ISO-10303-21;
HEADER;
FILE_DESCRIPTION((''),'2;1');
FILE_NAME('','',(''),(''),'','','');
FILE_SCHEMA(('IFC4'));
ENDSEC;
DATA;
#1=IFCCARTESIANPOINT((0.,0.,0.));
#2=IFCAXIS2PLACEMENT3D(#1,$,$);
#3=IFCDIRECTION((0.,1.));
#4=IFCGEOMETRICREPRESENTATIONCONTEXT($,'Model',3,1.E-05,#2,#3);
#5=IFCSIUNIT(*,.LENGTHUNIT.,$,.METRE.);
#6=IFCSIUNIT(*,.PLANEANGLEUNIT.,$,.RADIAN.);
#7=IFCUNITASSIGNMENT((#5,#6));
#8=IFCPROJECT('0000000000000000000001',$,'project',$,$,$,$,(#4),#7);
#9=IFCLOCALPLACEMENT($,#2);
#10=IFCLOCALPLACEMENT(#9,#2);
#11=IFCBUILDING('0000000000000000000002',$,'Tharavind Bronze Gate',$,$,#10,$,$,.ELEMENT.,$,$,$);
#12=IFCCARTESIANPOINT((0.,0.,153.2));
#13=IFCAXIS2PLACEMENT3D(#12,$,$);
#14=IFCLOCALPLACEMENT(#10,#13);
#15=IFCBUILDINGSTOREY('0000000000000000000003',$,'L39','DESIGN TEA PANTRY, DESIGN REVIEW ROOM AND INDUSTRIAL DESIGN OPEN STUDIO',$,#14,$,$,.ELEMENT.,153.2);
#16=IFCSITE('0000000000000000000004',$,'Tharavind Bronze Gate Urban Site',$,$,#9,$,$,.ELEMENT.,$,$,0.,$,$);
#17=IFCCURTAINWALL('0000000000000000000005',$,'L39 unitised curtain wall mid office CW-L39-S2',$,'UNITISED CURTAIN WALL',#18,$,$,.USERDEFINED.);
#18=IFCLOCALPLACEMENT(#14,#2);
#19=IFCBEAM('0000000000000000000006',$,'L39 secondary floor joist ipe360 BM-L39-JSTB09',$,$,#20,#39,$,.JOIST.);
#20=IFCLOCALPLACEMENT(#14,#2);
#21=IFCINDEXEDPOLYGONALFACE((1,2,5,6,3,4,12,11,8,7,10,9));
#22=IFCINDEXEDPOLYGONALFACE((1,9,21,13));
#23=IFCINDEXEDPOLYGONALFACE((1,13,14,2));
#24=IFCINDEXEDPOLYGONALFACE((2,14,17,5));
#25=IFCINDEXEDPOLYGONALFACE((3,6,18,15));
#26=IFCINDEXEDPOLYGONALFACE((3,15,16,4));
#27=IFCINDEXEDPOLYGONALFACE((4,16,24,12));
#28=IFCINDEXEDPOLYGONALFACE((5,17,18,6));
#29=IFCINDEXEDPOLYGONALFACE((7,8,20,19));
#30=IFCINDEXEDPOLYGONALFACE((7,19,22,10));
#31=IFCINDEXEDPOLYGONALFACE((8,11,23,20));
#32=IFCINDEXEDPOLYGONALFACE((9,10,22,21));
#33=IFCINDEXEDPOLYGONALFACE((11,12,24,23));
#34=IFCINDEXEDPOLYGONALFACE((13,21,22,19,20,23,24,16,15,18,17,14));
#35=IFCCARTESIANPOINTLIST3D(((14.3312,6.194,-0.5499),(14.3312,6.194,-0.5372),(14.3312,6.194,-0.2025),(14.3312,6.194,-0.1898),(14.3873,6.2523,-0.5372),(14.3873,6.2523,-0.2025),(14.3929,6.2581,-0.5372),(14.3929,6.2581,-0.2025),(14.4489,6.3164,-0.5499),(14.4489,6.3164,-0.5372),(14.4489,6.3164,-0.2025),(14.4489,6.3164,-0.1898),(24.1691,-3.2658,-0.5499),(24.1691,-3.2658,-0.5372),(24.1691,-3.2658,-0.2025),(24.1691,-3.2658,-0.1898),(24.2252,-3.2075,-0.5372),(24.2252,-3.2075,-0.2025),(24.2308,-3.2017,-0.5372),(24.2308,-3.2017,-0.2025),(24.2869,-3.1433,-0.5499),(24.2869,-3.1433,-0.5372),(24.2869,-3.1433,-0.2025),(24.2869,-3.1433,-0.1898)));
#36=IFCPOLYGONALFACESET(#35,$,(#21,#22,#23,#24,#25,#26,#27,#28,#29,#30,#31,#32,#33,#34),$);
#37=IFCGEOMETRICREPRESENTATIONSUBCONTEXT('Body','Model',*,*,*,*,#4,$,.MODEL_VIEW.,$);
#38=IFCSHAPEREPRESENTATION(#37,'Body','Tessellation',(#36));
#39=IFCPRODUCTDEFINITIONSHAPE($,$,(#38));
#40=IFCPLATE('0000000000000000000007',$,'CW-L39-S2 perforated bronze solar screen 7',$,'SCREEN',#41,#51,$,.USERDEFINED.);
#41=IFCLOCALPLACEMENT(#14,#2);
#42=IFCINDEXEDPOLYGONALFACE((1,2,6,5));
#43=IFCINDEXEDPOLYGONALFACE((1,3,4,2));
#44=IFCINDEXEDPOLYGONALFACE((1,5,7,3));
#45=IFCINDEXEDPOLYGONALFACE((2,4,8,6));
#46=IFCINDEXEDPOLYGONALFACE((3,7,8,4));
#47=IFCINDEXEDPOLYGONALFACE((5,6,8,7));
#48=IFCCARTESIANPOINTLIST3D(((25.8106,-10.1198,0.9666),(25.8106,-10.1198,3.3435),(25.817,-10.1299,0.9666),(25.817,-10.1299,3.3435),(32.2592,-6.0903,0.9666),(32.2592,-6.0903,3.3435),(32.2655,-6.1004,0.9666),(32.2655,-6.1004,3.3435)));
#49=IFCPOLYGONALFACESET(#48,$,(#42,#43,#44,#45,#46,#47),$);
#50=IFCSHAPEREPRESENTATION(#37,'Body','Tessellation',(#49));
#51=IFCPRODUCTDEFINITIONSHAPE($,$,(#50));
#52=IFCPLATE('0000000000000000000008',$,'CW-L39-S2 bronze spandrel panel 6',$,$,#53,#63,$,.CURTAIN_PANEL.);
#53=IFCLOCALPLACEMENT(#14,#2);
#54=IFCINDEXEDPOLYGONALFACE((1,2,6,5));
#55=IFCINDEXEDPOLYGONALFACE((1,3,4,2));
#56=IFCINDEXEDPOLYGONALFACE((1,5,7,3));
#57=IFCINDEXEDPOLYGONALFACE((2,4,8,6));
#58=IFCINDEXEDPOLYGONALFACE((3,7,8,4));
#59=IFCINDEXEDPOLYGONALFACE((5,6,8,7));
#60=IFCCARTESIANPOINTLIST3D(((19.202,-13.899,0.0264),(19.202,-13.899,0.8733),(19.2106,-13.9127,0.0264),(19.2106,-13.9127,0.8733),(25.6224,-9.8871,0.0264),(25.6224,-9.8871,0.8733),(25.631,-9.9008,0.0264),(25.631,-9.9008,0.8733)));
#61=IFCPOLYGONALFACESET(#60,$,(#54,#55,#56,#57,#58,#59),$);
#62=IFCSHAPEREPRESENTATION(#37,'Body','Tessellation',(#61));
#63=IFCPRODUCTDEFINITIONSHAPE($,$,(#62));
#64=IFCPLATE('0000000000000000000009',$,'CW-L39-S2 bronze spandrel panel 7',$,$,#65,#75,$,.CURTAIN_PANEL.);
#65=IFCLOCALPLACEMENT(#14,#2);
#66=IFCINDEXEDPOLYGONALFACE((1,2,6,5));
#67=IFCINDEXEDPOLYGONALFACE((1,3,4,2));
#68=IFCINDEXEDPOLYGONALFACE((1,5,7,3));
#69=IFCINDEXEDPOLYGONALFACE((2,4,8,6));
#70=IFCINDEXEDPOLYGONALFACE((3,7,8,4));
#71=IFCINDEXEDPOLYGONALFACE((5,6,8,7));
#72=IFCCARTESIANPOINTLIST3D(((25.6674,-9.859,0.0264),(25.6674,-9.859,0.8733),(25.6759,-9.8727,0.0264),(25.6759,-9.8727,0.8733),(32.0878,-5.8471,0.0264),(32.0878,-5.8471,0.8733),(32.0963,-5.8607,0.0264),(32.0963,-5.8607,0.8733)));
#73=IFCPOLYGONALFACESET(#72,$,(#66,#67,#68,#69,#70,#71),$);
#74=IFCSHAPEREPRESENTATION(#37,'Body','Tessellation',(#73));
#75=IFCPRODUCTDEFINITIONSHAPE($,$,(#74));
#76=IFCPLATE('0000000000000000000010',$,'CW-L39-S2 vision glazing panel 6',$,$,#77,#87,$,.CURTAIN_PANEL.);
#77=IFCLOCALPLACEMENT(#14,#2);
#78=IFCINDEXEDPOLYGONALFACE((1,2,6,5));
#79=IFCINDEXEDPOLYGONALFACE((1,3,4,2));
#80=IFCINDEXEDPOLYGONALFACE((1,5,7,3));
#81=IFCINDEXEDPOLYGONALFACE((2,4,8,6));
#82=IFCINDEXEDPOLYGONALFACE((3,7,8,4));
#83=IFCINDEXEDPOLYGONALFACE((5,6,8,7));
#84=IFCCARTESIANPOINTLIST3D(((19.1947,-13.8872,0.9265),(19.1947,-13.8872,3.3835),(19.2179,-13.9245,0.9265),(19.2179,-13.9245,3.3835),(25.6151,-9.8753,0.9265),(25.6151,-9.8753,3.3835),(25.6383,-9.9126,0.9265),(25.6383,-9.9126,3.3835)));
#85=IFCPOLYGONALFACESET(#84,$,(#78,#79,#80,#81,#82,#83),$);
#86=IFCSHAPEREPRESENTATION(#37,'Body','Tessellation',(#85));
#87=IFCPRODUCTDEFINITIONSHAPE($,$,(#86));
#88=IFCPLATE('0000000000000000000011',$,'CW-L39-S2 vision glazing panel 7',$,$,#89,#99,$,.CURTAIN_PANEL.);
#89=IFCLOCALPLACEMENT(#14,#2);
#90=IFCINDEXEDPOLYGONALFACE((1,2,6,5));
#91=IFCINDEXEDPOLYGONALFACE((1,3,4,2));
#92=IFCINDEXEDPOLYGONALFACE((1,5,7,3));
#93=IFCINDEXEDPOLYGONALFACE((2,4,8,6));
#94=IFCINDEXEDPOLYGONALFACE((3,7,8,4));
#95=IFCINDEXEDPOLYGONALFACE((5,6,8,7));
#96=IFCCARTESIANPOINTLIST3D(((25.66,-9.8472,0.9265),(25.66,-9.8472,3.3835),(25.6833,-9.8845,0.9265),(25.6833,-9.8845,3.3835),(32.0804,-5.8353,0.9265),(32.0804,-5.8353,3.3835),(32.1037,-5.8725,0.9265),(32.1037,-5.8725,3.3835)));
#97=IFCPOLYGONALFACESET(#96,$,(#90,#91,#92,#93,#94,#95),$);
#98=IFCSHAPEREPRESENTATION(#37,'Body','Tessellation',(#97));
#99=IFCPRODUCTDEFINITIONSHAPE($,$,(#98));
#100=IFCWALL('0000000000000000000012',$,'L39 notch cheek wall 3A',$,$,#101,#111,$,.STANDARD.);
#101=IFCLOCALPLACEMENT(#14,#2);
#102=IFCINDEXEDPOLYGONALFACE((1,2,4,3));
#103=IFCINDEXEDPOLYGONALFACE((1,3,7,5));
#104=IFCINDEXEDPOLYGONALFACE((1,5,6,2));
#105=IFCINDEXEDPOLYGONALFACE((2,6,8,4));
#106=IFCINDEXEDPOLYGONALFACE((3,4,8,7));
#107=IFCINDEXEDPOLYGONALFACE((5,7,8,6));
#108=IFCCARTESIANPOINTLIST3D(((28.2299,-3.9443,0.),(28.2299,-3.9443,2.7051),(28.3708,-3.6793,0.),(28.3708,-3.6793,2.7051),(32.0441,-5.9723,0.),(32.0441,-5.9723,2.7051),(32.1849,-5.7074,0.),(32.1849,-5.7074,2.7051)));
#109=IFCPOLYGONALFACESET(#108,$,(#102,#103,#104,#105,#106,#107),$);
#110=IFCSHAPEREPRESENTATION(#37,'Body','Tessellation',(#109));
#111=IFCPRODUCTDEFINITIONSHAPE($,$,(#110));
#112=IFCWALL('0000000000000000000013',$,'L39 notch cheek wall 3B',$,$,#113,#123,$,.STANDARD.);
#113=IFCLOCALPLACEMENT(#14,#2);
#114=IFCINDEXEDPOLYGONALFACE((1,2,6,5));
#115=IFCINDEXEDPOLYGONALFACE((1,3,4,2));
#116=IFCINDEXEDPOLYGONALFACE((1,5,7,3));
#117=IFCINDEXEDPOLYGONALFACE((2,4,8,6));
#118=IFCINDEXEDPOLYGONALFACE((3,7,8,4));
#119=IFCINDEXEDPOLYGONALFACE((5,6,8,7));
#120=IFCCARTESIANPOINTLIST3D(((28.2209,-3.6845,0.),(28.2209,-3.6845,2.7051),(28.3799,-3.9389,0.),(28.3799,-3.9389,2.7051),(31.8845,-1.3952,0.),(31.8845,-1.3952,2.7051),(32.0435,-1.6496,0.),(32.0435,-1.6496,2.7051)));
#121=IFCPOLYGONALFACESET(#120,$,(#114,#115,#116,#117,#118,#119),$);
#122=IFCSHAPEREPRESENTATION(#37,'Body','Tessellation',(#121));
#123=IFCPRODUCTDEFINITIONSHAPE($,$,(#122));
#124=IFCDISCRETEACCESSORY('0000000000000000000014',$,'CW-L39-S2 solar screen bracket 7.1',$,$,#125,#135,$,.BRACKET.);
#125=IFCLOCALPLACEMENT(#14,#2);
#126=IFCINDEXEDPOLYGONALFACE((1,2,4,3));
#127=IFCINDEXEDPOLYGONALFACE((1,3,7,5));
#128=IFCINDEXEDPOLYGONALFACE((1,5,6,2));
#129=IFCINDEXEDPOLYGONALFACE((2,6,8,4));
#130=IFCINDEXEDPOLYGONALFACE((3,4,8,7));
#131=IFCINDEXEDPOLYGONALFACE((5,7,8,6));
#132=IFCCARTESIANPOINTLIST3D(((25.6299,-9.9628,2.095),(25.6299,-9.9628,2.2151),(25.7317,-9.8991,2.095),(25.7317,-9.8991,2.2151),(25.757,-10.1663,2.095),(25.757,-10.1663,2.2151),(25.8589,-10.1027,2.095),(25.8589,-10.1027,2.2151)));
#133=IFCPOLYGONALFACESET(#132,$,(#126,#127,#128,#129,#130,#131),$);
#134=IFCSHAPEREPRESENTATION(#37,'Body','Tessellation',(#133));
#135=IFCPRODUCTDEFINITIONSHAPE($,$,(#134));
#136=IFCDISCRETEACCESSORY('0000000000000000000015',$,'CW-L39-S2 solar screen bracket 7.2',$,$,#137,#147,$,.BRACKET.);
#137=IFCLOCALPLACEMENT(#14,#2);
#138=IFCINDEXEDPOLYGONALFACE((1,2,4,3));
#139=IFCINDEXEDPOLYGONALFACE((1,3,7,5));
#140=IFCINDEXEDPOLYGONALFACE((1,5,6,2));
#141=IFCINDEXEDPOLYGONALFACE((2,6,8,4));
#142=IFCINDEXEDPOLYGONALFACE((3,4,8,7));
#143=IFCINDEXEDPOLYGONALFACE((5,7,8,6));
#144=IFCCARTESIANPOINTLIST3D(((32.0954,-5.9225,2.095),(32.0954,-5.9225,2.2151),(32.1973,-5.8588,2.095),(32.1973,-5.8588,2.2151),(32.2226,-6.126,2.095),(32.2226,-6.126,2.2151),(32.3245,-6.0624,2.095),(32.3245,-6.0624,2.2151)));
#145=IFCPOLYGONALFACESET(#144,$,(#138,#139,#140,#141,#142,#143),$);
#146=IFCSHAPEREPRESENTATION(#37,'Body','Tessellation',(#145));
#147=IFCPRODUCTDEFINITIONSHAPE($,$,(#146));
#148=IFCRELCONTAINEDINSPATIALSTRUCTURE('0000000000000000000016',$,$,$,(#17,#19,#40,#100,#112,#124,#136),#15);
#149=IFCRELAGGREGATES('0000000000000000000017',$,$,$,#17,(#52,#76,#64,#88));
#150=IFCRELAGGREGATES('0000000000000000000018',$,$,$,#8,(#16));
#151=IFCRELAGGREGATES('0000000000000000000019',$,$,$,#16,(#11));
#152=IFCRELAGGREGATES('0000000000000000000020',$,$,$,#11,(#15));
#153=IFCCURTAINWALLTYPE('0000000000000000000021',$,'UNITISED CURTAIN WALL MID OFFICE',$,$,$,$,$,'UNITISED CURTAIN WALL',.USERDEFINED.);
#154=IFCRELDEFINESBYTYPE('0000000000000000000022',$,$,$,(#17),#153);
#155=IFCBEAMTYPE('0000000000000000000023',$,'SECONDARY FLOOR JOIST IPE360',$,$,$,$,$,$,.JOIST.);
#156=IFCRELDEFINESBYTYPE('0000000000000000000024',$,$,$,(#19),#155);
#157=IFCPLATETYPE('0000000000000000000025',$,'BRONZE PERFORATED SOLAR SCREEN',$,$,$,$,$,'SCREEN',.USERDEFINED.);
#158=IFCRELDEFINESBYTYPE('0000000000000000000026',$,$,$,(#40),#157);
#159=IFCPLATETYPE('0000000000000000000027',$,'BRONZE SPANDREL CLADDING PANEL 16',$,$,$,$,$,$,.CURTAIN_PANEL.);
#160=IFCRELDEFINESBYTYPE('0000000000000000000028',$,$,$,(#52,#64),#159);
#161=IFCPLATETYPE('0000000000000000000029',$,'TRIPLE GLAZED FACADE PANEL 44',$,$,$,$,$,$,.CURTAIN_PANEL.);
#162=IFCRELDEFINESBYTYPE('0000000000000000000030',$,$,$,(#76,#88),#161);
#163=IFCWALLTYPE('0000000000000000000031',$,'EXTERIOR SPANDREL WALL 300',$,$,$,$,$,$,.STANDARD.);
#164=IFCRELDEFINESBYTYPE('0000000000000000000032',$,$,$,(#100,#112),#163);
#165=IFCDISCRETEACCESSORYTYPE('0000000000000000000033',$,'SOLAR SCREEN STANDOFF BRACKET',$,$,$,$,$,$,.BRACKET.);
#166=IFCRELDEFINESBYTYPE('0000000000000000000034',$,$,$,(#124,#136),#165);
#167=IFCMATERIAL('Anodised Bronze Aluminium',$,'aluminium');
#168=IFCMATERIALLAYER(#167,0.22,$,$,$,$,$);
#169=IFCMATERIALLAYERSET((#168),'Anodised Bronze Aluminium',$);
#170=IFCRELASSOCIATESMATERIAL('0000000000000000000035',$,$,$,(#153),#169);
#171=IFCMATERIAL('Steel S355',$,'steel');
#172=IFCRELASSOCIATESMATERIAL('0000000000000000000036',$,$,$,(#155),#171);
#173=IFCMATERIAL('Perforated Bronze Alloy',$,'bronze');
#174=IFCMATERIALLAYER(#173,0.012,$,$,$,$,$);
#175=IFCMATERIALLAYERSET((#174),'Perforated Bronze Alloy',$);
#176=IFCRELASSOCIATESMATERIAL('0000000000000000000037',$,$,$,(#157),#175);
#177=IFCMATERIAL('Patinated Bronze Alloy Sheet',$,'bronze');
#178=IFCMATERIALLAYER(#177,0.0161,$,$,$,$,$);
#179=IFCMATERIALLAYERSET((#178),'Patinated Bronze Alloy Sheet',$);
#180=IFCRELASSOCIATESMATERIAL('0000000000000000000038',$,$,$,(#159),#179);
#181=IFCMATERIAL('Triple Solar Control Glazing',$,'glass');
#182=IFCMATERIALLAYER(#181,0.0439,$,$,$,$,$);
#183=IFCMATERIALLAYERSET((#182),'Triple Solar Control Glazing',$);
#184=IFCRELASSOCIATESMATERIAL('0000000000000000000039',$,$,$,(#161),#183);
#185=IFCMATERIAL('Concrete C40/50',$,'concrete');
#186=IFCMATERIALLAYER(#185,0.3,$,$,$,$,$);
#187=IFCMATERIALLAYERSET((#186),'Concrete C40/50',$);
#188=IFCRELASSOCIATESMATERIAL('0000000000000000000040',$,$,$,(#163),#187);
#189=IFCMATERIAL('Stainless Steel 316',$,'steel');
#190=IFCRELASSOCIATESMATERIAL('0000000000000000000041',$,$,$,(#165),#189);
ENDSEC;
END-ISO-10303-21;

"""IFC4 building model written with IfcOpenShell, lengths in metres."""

from ifc_helpers import new_model, si_unit, direction, frame, frame_2d, origin, origin_2d, place, context, subcontext, project, spatial, rectangle, i_section, extrude, material, layer, layer_set, material_profile, profile_set, type_object, element, aggregate, save


model = new_model("IFC4")

# Units and contexts
model_context = context("Model", 3, precision=1e-05, world=origin(), true_north=direction((0.0, 1.0)))
body_context = subcontext(model_context, "Body", "Model", "MODEL_VIEW")
ifc_project = project(units=[si_unit("LENGTHUNIT", "METRE"), si_unit("PLANEANGLEUNIT", "RADIAN")], contexts=[model_context])

# Site, building, storey
site_placement = place(None, origin())
site = spatial("IfcSite", under=ifc_project, at=site_placement, Name="Tharavind Bronze Gate Urban Site", CompositionType="ELEMENT", RefElevation=0.0)
building_placement = place(site_placement, origin())
building = spatial("IfcBuilding", under=site, at=building_placement, Name="Tharavind Bronze Gate", CompositionType="ELEMENT")
storey_placement = place(building_placement, frame((0.0, 0.0, 153.2)))
storey = spatial("IfcBuildingStorey", under=building, at=storey_placement, Name="L39", Description="DESIGN TEA PANTRY, DESIGN REVIEW ROOM AND INDUSTRIAL DESIGN OPEN STUDIO", CompositionType="ELEMENT", Elevation=153.2)

# Curtain wall
ifc_material_1 = material(Name="Anodised Bronze Aluminium", Category="aluminium")
ifc_layer_1 = layer(ifc_material_1, 0.22)
ifc_layer_set_1 = layer_set([ifc_layer_1], Name="Anodised Bronze Aluminium")
curtain_wall_type = type_object("IfcCurtainWallType", Name="UNITISED CURTAIN WALL MID OFFICE", ElementType="UNITISED CURTAIN WALL", PredefinedType="USERDEFINED", material=ifc_layer_set_1)
curtain_wall_placement = place(storey_placement, origin())
curtain_wall = element("IfcCurtainWall", 1, at=curtain_wall_placement, inside=storey, type_object=curtain_wall_type, Name="L39 unitised curtain wall mid office CW-L39-S2", ObjectType="UNITISED CURTAIN WALL", PredefinedType="USERDEFINED")

# Beam
ifc_material_2 = material(Name="Steel S355", Category="steel")
ifc_material_profile_1 = material_profile(ifc_material_2, i_section(OverallWidth=0.1699, OverallDepth=0.3601, WebThickness=0.0081, FlangeThickness=0.0127, at=origin_2d()), Name="IPE360")
ifc_profile_set_1 = profile_set([ifc_material_profile_1], Name="Steel S355")
beam_type_1 = type_object("IfcBeamType", Name="SECONDARY FLOOR JOIST IPE360", PredefinedType="JOIST", material=ifc_profile_set_1)
beam_1_placement = place(storey_placement, frame((24.228, -3.2046, -0.3699), z_axis=(-0.720826, 0.693117, 0.0), x_axis=(-0.693117, -0.720826, 0.0)))
element("IfcBeam", 2, at=beam_1_placement, inside=storey, type_object=beam_type_1, Name="L39 secondary floor joist ipe360 BM-L39-JSTB09", PredefinedType="JOIST", context=body_context, shape_type="SweptSolid", body=[
    extrude(i_section(OverallWidth=0.1699, OverallDepth=0.3601, WebThickness=0.0081, FlangeThickness=0.0127, at=origin_2d()), origin(), (0.0, 0.0, 1.0), 13.6482),
])

# Plates
ifc_material_3 = material(Name="Perforated Bronze Alloy", Category="bronze")
ifc_layer_2 = layer(ifc_material_3, 0.012)
ifc_layer_set_2 = layer_set([ifc_layer_2], Name="Perforated Bronze Alloy")
plate_type_1 = type_object("IfcPlateType", Name="BRONZE PERFORATED SOLAR SCREEN", ElementType="SCREEN", PredefinedType="USERDEFINED", material=ifc_layer_set_2)
plate_1_placement = place(storey_placement, frame((29.0381, -8.1101, 0.9666), z_axis=(0.0, 0.0, 1.0), x_axis=(0.848048, 0.529919, 0.0)))
element("IfcPlate", 3, at=plate_1_placement, inside=storey, type_object=plate_type_1, Name="CW-L39-S2 perforated bronze solar screen 7", ObjectType="SCREEN", PredefinedType="USERDEFINED", context=body_context, shape_type="SweptSolid", body=[
    extrude(rectangle(XDim=7.604, YDim=0.012, at=origin_2d()), origin(), (0.0, 0.0, 1.0), 2.377),
])
ifc_material_4 = material(Name="Patinated Bronze Alloy Sheet", Category="bronze")
ifc_layer_3 = layer(ifc_material_4, 0.0161)
ifc_layer_set_3 = layer_set([ifc_layer_3], Name="Patinated Bronze Alloy Sheet")
plate_type_2 = type_object("IfcPlateType", Name="BRONZE SPANDREL CLADDING PANEL 16", PredefinedType="CURTAIN_PANEL", material=ifc_layer_set_3)
plate_2_placement = place(storey_placement, frame((22.4165, -11.8999, 0.0264), z_axis=(0.0, 0.0, 1.0), x_axis=(0.848048, 0.529919, 0.0)))
plate_2 = element("IfcPlate", 4, at=plate_2_placement, type_object=plate_type_2, Name="CW-L39-S2 bronze spandrel panel 6", PredefinedType="CURTAIN_PANEL", context=body_context, shape_type="SweptSolid", body=[
    extrude(rectangle(XDim=7.5708, YDim=0.0161, at=origin_2d()), origin(), (0.0, 0.0, 1.0), 0.8469),
])
plate_3_placement = place(storey_placement, frame((28.8818, -7.8599, 0.0264), z_axis=(0.0, 0.0, 1.0), x_axis=(0.848048, 0.529919, 0.0)))
plate_3 = element("IfcPlate", 5, at=plate_3_placement, type_object=plate_type_2, Name="CW-L39-S2 bronze spandrel panel 7", PredefinedType="CURTAIN_PANEL", context=body_context, shape_type="SweptSolid", body=[
    extrude(rectangle(XDim=7.5708, YDim=0.0161, at=origin_2d()), origin(), (0.0, 0.0, 1.0), 0.8469),
])
ifc_material_5 = material(Name="Triple Solar Control Glazing", Category="glass")
ifc_layer_4 = layer(ifc_material_5, 0.0439)
ifc_layer_set_4 = layer_set([ifc_layer_4], Name="Triple Solar Control Glazing")
plate_type_3 = type_object("IfcPlateType", Name="TRIPLE GLAZED FACADE PANEL 44", PredefinedType="CURTAIN_PANEL", material=ifc_layer_set_4)
plate_4_placement = place(storey_placement, frame((22.4165, -11.8999, 0.9265), z_axis=(0.0, 0.0, 1.0), x_axis=(0.848048, 0.529919, 0.0)))
plate_4 = element("IfcPlate", 6, at=plate_4_placement, type_object=plate_type_3, Name="CW-L39-S2 vision glazing panel 6", PredefinedType="CURTAIN_PANEL", context=body_context, shape_type="SweptSolid", body=[
    extrude(rectangle(XDim=7.5708, YDim=0.0439, at=origin_2d()), origin(), (0.0, 0.0, 1.0), 2.457),
])
plate_5_placement = place(storey_placement, frame((28.8818, -7.8599, 0.9265), z_axis=(0.0, 0.0, 1.0), x_axis=(0.848048, 0.529919, 0.0)))
plate_5 = element("IfcPlate", 7, at=plate_5_placement, type_object=plate_type_3, Name="CW-L39-S2 vision glazing panel 7", PredefinedType="CURTAIN_PANEL", context=body_context, shape_type="SweptSolid", body=[
    extrude(rectangle(XDim=7.5708, YDim=0.0439, at=origin_2d()), origin(), (0.0, 0.0, 1.0), 2.457),
])
aggregate(curtain_wall, [plate_2, plate_4, plate_3, plate_5])

# Walls
ifc_material_6 = material(Name="Concrete C40/50", Category="concrete")
ifc_layer_5 = layer(ifc_material_6, 0.3)
ifc_layer_set_5 = layer_set([ifc_layer_5], Name="Concrete C40/50")
wall_type = type_object("IfcWallType", Name="EXTERIOR SPANDREL WALL 300", PredefinedType="STANDARD", material=ifc_layer_set_5)
wall_1_placement = place(storey_placement, frame((32.1145, -5.8398, 0.0), z_axis=(0.0, 0.0, 1.0), x_axis=(-0.882945, 0.469476, 0.0)))
element("IfcWall", 8, at=wall_1_placement, inside=storey, type_object=wall_type, Name="L39 notch cheek wall 3A", PredefinedType="STANDARD", context=body_context, shape_type="SweptSolid", body=[
    extrude(rectangle(XDim=4.3198, YDim=0.3, at=frame_2d((2.1599, 0.0))), origin(), (0.0, 0.0, 1.0), 2.7051),
])
wall_2_placement = place(storey_placement, frame((28.3003, -3.8118, 0.0), z_axis=(0.0, 0.0, 1.0), x_axis=(0.848043, 0.529928, 0.0)))
element("IfcWall", 9, at=wall_2_placement, inside=storey, type_object=wall_type, Name="L39 notch cheek wall 3B", PredefinedType="STANDARD", context=body_context, shape_type="SweptSolid", body=[
    extrude(rectangle(XDim=4.3201, YDim=0.3, at=frame_2d((2.1602, 0.0))), origin(), (0.0, 0.0, 1.0), 2.7051),
])

# Discrete accessories
ifc_material_7 = material(Name="Stainless Steel 316", Category="steel")
discrete_accessory_type = type_object("IfcDiscreteAccessoryType", Name="SOLAR SCREEN STANDOFF BRACKET", PredefinedType="BRACKET", material=ifc_material_7)
for number, where, z_axis, x_axis, name in (
    (10, (25.7444, -10.0327, 2.095), (0.0, 0.0, 1.0), (0.848048, 0.529919, 0.0), "CW-L39-S2 solar screen bracket 7.1"),
    (11, (32.21, -5.9924, 2.095), (0.0, 0.0, 1.0), (0.848048, 0.529919, 0.0), "CW-L39-S2 solar screen bracket 7.2"),
):
    element("IfcDiscreteAccessory", number, at=place(storey_placement, frame(where, z_axis=z_axis, x_axis=x_axis)), inside=storey, type_object=discrete_accessory_type, Name=name, PredefinedType="BRACKET", context=body_context, shape_type="SweptSolid", body=[
        extrude(rectangle(XDim=0.1201, YDim=0.24, at=origin_2d()), origin(), (0.0, 0.0, 1.0), 0.1201),
    ])

save(model, "model.ifc")
